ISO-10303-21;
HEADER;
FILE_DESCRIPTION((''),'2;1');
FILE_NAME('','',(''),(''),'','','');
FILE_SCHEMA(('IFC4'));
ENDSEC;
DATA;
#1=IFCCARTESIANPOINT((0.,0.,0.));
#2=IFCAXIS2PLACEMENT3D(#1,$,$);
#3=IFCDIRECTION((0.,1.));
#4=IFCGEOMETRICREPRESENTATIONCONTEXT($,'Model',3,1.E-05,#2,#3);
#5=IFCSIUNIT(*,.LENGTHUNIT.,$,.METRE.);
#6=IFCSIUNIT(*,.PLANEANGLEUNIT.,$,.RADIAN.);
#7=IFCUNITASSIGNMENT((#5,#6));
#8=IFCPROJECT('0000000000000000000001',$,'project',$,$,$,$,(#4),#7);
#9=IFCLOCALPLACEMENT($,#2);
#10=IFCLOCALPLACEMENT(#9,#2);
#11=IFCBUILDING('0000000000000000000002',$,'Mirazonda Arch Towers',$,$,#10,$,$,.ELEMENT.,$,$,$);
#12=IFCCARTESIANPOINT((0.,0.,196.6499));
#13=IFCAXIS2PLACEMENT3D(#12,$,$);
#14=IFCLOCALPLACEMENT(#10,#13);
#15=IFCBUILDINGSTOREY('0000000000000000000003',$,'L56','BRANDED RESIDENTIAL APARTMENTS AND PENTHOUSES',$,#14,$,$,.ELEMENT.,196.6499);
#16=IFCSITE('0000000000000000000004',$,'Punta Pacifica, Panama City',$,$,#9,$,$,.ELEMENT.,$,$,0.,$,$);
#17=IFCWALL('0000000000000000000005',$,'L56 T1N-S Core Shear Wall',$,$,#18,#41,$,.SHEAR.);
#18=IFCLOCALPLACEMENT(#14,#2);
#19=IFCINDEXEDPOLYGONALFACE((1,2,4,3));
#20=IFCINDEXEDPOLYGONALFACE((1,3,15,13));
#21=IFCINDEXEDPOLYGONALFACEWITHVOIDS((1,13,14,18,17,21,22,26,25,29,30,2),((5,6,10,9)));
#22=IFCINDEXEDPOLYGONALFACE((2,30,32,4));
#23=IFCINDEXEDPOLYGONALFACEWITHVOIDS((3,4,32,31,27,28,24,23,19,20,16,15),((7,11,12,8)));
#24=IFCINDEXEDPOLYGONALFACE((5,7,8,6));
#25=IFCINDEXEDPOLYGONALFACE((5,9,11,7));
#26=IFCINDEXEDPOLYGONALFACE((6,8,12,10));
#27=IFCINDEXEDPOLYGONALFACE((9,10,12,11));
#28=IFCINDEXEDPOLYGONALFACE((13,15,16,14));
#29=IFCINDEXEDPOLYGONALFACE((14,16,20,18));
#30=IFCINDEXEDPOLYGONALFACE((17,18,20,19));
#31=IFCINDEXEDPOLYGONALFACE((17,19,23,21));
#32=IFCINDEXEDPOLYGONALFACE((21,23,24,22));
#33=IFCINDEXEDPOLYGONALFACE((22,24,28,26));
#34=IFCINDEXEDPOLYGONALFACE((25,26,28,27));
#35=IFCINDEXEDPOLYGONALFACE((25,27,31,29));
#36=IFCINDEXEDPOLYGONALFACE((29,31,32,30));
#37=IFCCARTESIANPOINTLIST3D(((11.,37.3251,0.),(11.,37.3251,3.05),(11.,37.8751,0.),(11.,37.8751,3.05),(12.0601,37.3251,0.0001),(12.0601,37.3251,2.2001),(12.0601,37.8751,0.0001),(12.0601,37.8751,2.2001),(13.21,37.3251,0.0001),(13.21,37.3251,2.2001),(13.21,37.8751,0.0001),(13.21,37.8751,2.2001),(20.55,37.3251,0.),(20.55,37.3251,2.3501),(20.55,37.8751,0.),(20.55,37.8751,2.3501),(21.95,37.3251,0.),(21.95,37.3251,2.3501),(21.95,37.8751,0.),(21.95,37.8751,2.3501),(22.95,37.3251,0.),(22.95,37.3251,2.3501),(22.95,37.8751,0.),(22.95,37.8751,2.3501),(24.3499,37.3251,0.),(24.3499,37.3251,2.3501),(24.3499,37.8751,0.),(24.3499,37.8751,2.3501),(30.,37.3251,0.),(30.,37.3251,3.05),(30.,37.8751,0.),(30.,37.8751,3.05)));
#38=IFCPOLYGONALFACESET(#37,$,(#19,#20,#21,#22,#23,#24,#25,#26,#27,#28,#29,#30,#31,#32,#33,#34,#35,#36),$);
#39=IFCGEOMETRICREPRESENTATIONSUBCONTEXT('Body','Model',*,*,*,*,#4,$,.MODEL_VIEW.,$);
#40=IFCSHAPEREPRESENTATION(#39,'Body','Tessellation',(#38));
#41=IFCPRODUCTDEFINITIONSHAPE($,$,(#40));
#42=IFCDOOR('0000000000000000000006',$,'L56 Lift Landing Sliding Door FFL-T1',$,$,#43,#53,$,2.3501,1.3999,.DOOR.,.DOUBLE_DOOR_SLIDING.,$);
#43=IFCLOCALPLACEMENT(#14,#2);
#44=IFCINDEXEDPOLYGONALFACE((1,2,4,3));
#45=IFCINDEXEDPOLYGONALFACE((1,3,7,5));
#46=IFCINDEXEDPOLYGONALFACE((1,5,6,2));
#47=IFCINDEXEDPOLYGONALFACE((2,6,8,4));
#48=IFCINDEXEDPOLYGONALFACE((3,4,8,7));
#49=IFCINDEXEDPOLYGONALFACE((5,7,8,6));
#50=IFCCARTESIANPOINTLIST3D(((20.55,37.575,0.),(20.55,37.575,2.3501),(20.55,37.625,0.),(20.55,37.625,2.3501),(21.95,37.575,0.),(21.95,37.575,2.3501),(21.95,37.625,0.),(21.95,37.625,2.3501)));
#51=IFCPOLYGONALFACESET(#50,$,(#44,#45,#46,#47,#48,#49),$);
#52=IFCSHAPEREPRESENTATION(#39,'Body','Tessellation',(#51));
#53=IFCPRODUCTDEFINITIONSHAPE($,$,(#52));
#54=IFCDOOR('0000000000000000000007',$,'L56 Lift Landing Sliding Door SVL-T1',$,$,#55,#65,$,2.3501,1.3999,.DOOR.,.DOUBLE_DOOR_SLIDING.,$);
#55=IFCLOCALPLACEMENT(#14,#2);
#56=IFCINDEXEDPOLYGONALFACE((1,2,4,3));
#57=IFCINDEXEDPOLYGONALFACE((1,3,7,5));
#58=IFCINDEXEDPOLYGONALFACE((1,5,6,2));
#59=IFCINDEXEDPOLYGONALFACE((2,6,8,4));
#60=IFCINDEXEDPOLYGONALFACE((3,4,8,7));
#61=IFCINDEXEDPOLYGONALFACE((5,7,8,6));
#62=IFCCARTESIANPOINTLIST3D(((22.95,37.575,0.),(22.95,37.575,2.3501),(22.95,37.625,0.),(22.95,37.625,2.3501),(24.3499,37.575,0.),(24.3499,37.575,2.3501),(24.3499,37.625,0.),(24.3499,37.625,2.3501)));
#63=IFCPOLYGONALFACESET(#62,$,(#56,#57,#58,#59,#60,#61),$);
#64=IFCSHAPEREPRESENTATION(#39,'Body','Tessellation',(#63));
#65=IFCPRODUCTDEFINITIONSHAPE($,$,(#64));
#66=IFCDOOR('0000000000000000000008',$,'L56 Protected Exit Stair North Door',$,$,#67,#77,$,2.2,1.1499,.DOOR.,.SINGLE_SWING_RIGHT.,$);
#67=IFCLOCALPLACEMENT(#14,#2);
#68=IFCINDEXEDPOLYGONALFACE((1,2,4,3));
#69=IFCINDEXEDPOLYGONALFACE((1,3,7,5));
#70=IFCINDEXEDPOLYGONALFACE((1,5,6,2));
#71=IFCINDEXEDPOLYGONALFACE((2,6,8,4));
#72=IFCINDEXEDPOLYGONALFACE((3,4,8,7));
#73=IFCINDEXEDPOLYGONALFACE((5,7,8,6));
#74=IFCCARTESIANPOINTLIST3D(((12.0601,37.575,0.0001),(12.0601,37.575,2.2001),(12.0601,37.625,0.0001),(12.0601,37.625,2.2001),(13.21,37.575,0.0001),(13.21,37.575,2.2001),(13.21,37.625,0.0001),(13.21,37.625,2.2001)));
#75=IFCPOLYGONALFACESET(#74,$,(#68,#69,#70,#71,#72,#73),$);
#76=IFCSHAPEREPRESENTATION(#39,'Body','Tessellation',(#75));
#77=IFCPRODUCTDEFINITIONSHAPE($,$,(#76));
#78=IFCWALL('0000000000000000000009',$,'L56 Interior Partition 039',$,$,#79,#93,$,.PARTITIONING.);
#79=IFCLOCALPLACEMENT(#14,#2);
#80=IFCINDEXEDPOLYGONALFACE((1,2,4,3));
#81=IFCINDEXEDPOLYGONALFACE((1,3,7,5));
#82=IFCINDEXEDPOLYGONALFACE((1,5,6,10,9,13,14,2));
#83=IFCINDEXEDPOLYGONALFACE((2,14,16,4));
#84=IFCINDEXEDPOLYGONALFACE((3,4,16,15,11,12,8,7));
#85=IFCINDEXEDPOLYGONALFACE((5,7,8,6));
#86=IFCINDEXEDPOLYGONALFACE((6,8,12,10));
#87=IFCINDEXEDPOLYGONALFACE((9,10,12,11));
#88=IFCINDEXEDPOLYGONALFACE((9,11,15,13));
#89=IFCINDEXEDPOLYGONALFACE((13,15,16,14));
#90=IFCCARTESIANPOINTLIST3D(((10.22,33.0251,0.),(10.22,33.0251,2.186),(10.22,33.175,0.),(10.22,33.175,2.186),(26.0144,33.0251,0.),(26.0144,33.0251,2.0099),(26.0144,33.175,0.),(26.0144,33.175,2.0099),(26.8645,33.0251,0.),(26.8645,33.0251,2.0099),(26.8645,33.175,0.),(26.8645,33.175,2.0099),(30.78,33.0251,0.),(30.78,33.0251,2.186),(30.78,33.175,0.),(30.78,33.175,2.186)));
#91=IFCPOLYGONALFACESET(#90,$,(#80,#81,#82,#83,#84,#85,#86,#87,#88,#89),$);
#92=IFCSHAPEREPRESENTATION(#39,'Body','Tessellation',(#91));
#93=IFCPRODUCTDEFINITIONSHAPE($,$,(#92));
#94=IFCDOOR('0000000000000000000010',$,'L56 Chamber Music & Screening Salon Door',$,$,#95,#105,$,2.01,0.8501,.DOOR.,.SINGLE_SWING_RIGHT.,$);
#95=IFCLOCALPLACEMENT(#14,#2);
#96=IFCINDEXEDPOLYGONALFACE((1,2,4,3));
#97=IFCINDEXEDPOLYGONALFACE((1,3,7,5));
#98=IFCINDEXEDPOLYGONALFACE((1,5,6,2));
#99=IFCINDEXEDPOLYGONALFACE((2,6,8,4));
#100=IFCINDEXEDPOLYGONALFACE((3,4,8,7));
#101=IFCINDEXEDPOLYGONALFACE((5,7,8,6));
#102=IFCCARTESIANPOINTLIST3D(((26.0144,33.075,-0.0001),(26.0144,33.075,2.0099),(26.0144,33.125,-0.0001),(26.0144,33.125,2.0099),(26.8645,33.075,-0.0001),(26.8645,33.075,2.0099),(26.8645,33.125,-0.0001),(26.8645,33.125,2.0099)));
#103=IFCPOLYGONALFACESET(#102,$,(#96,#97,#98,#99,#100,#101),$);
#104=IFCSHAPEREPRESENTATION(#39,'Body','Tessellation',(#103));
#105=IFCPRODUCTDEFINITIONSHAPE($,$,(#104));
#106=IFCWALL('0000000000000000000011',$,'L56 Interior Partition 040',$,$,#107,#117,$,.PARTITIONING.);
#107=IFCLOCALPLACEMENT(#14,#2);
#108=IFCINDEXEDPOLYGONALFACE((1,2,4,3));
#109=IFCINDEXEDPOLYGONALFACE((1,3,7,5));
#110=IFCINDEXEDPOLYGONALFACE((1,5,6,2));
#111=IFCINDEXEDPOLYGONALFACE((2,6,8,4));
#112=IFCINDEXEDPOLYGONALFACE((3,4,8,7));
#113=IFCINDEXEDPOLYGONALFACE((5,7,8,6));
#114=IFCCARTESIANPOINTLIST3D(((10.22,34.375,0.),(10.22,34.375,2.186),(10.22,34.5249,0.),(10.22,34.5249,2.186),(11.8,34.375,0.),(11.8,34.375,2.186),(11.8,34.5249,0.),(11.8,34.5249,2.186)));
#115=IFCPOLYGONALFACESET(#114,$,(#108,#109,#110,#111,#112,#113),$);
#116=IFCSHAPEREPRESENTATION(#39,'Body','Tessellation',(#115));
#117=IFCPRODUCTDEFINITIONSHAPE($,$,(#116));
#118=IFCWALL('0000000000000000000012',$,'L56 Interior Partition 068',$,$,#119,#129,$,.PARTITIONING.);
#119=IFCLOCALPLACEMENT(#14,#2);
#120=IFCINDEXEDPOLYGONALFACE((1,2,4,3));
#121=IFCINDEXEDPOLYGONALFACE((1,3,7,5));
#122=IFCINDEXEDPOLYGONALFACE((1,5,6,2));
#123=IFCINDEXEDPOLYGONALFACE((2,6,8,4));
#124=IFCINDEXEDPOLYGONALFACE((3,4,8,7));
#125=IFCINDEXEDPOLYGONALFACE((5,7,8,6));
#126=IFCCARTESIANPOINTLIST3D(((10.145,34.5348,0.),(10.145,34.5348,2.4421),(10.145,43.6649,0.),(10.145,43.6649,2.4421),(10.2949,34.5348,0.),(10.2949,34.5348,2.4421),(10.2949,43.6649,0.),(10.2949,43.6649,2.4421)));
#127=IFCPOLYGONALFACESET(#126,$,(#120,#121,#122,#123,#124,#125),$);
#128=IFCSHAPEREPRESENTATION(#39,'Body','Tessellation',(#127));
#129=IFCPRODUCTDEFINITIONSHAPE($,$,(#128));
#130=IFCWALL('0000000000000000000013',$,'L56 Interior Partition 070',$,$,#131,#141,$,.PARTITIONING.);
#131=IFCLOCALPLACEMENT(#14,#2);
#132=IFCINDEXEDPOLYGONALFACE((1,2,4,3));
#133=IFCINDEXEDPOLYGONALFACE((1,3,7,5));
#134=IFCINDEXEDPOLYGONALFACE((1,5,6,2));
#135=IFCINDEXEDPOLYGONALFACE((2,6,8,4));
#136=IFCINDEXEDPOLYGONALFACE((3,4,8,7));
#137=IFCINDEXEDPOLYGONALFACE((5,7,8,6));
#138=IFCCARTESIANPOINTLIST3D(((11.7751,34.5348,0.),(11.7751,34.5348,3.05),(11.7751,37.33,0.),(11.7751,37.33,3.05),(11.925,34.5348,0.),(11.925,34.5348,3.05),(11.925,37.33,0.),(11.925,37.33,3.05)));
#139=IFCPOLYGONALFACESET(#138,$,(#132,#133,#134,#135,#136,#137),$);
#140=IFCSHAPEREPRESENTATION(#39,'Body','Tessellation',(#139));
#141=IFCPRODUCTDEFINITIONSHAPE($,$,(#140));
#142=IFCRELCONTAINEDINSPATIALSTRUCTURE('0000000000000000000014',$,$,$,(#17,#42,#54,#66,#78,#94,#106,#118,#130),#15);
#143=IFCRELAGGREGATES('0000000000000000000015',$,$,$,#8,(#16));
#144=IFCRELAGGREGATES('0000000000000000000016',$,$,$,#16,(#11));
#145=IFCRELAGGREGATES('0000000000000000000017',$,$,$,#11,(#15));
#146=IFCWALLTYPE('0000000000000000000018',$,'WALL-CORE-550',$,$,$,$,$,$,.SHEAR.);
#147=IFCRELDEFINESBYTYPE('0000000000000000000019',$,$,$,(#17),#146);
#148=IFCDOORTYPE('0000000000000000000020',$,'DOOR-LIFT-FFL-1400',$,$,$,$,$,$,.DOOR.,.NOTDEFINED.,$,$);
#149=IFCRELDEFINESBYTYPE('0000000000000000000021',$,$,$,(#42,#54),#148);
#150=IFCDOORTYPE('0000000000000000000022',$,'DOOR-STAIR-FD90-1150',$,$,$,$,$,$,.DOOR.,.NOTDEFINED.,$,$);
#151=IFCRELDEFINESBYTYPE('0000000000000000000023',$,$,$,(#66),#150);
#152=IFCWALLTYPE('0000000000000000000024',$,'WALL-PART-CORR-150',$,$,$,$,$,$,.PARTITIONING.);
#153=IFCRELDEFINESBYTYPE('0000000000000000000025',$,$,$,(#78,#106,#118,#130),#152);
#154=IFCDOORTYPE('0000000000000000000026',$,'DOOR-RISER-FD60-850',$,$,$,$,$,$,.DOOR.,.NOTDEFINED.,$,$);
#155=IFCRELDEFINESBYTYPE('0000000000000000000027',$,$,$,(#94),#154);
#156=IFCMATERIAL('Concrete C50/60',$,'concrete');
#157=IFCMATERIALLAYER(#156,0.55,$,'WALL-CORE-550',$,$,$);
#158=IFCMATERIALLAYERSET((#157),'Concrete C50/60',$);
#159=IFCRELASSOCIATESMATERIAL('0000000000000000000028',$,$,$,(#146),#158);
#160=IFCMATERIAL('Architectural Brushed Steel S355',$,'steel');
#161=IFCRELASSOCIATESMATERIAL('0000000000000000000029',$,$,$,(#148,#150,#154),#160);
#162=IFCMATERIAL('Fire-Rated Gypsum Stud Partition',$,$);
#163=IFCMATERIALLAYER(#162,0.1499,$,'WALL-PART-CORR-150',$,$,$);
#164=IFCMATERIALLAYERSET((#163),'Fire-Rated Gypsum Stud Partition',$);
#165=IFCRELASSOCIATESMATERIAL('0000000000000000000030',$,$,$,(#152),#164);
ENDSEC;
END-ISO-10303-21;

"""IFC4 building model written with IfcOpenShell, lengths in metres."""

from ifc_helpers import new_model, si_unit, direction, frame, frame_2d, origin, place, context, subcontext, project, spatial, rectangle, extrude, material, layer, layer_set, type_object, element, fill, save


model = new_model("IFC4")

# Units and contexts
model_context = context("Model", 3, precision=1e-05, world=origin(), true_north=direction((0.0, 1.0)))
body_context = subcontext(model_context, "Body", "Model", "MODEL_VIEW")
ifc_project = project(units=[si_unit("LENGTHUNIT", "METRE"), si_unit("PLANEANGLEUNIT", "RADIAN")], contexts=[model_context])

# Site, building, storey
site_placement = place(None, origin())
site = spatial("IfcSite", under=ifc_project, at=site_placement, Name="Punta Pacifica, Panama City", CompositionType="ELEMENT", RefElevation=0.0)
building_placement = place(site_placement, origin())
building = spatial("IfcBuilding", under=site, at=building_placement, Name="Mirazonda Arch Towers", CompositionType="ELEMENT")
storey_placement = place(building_placement, frame((0.0, 0.0, 196.6499)))
storey = spatial("IfcBuildingStorey", under=building, at=storey_placement, Name="L56", Description="BRANDED RESIDENTIAL APARTMENTS AND PENTHOUSES", CompositionType="ELEMENT", Elevation=196.6499)

# Shared definitions
ifc_material_1 = material(Name="Concrete C50/60", Category="concrete")

# Shared definitions
ifc_layer_1 = layer(ifc_material_1, 0.55, Name="WALL-CORE-550")
ifc_layer_set_1 = layer_set([ifc_layer_1], Name="Concrete C50/60")
wall_type_1 = type_object("IfcWallType", Name="WALL-CORE-550", PredefinedType="SHEAR", material=ifc_layer_set_1)

# Wall, openings, doors
wall_1_placement = place(storey_placement, frame((11.0, 37.6001, 0.0), z_axis=(0.0, 0.0, 1.0), x_axis=(1.0, 0.0, 0.0)))
wall_1 = element("IfcWall", 1, at=wall_1_placement, inside=storey, type_object=wall_type_1, Name="L56 T1N-S Core Shear Wall", PredefinedType="SHEAR", context=body_context, shape_type="SweptSolid", body=[
    extrude(rectangle(XDim=19.0, YDim=0.55, at=frame_2d((9.5, 0.0))), origin(), (0.0, 0.0, 1.0), 3.05),
])
opening_1_placement = place(wall_1_placement, frame((1.0601, 0.0, 0.0)))
opening_1 = element("IfcOpeningElement", 2, at=opening_1_placement, cuts=wall_1, PredefinedType="OPENING", context=body_context, shape_type="SweptSolid", body=[
    extrude(rectangle(XDim=1.1499, YDim=2.2, at=frame_2d((0.575, 1.1001))), frame((0.0, 0.2849, 0.0), z_axis=(0.0, -1.0, 0.0), x_axis=(1.0, 0.0, 0.0)), (0.0, 0.0, 1.0), 0.5701),
])
opening_2_placement = place(wall_1_placement, frame((9.55, 0.0, 0.0)))
opening_2 = element("IfcOpeningElement", 3, at=opening_2_placement, cuts=wall_1, PredefinedType="OPENING", context=body_context, shape_type="SweptSolid", body=[
    extrude(rectangle(XDim=1.3999, YDim=2.3501, at=frame_2d((0.7, 1.175))), frame((0.0, 0.2849, 0.0), z_axis=(0.0, -1.0, 0.0), x_axis=(1.0, 0.0, 0.0)), (0.0, 0.0, 1.0), 0.5701),
])
opening_3_placement = place(wall_1_placement, frame((11.95, 0.0, 0.0)))
opening_3 = element("IfcOpeningElement", 4, at=opening_3_placement, cuts=wall_1, PredefinedType="OPENING", context=body_context, shape_type="SweptSolid", body=[
    extrude(rectangle(XDim=1.3999, YDim=2.3501, at=frame_2d((0.7, 1.175))), frame((0.0, 0.2849, 0.0), z_axis=(0.0, -1.0, 0.0), x_axis=(1.0, 0.0, 0.0)), (0.0, 0.0, 1.0), 0.5701),
])
ifc_material_2 = material(Name="Architectural Brushed Steel S355", Category="steel")
door_type_1 = type_object("IfcDoorType", Name="DOOR-LIFT-FFL-1400", OperationType="NOTDEFINED", PredefinedType="DOOR", material=ifc_material_2)
door_1_placement = place(opening_2_placement, origin())
door_1 = element("IfcDoor", 5, at=door_1_placement, inside=storey, type_object=door_type_1, Name="L56 Lift Landing Sliding Door FFL-T1", OperationType="DOUBLE_DOOR_SLIDING", OverallHeight=2.3501, OverallWidth=1.3999, PredefinedType="DOOR", context=body_context, shape_type="SweptSolid", body=[
    extrude(rectangle(XDim=1.3999, YDim=2.3501, at=frame_2d((0.7, 1.175))), frame((0.0, 0.0249, 0.0), z_axis=(0.0, -1.0, 0.0), x_axis=(1.0, 0.0, 0.0)), (0.0, 0.0, 1.0), 0.05),
])
fill(opening_2, door_1)
door_2_placement = place(opening_3_placement, origin())
door_2 = element("IfcDoor", 6, at=door_2_placement, inside=storey, type_object=door_type_1, Name="L56 Lift Landing Sliding Door SVL-T1", OperationType="DOUBLE_DOOR_SLIDING", OverallHeight=2.3501, OverallWidth=1.3999, PredefinedType="DOOR", context=body_context, shape_type="SweptSolid", body=[
    extrude(rectangle(XDim=1.3999, YDim=2.3501, at=frame_2d((0.7, 1.175))), frame((0.0, 0.0249, 0.0), z_axis=(0.0, -1.0, 0.0), x_axis=(1.0, 0.0, 0.0)), (0.0, 0.0, 1.0), 0.05),
])
fill(opening_3, door_2)
door_type_2 = type_object("IfcDoorType", Name="DOOR-STAIR-FD90-1150", OperationType="NOTDEFINED", PredefinedType="DOOR", material=ifc_material_2)
door_3_placement = place(opening_1_placement, origin())
door_3 = element("IfcDoor", 7, at=door_3_placement, inside=storey, type_object=door_type_2, Name="L56 Protected Exit Stair North Door", OperationType="SINGLE_SWING_RIGHT", OverallHeight=2.2, OverallWidth=1.1499, PredefinedType="DOOR", context=body_context, shape_type="SweptSolid", body=[
    extrude(rectangle(XDim=1.1499, YDim=2.2, at=frame_2d((0.575, 1.1001))), frame((0.0, 0.0249, 0.0), z_axis=(0.0, -1.0, 0.0), x_axis=(1.0, 0.0, 0.0)), (0.0, 0.0, 1.0), 0.05),
])
fill(opening_1, door_3)

# Wall, opening, door
ifc_material_3 = material(Name="Fire-Rated Gypsum Stud Partition")
ifc_layer_2 = layer(ifc_material_3, 0.1499, Name="WALL-PART-CORR-150")
ifc_layer_set_2 = layer_set([ifc_layer_2], Name="Fire-Rated Gypsum Stud Partition")
wall_type_2 = type_object("IfcWallType", Name="WALL-PART-CORR-150", PredefinedType="PARTITIONING", material=ifc_layer_set_2)
wall_2_placement = place(storey_placement, frame((10.22, 33.1001, 0.0), z_axis=(0.0, 0.0, 1.0), x_axis=(1.0, 0.0, 0.0)))
wall_2 = element("IfcWall", 8, at=wall_2_placement, inside=storey, type_object=wall_type_2, Name="L56 Interior Partition 039", PredefinedType="PARTITIONING", context=body_context, shape_type="SweptSolid", body=[
    extrude(rectangle(XDim=20.5601, YDim=0.1499, at=frame_2d((10.28, 0.0))), origin(), (0.0, 0.0, 1.0), 2.186),
])
opening_4_placement = place(wall_2_placement, frame((15.7944, 0.0, 0.0)))
opening_4 = element("IfcOpeningElement", 9, at=opening_4_placement, cuts=wall_2, PredefinedType="OPENING", context=body_context, shape_type="SweptSolid", body=[
    extrude(rectangle(XDim=0.8501, YDim=2.01, at=frame_2d((0.425, 1.0049))), frame((0.0, 0.085, 0.0), z_axis=(0.0, -1.0, 0.0), x_axis=(1.0, 0.0, 0.0)), (0.0, 0.0, 1.0), 0.1699),
])
door_type_3 = type_object("IfcDoorType", Name="DOOR-RISER-FD60-850", OperationType="NOTDEFINED", PredefinedType="DOOR", material=ifc_material_2)
door_4_placement = place(opening_4_placement, origin())
door_4 = element("IfcDoor", 10, at=door_4_placement, inside=storey, type_object=door_type_3, Name="L56 Chamber Music & Screening Salon Door", OperationType="SINGLE_SWING_RIGHT", OverallHeight=2.01, OverallWidth=0.8501, PredefinedType="DOOR", context=body_context, shape_type="SweptSolid", body=[
    extrude(rectangle(XDim=0.8501, YDim=2.01, at=frame_2d((0.425, 1.0049))), frame((0.0, 0.0249, 0.0), z_axis=(0.0, -1.0, 0.0), x_axis=(1.0, 0.0, 0.0)), (0.0, 0.0, 1.0), 0.05),
])
fill(opening_4, door_4)

# Walls
wall_3_placement = place(storey_placement, frame((10.22, 34.45, 0.0), z_axis=(0.0, 0.0, 1.0), x_axis=(1.0, 0.0, 0.0)))
element("IfcWall", 11, at=wall_3_placement, inside=storey, type_object=wall_type_2, Name="L56 Interior Partition 040", PredefinedType="PARTITIONING", context=body_context, shape_type="SweptSolid", body=[
    extrude(rectangle(XDim=1.5801, YDim=0.1499, at=frame_2d((0.79, 0.0))), origin(), (0.0, 0.0, 1.0), 2.186),
])
wall_4_placement = place(storey_placement, frame((10.22, 34.5349, 0.0), z_axis=(0.0, 0.0, 1.0), x_axis=(0.0, 1.0, 0.0)))
element("IfcWall", 12, at=wall_4_placement, inside=storey, type_object=wall_type_2, Name="L56 Interior Partition 068", PredefinedType="PARTITIONING", context=body_context, shape_type="SweptSolid", body=[
    extrude(rectangle(XDim=9.1301, YDim=0.1499, at=frame_2d((4.5649, 0.0))), origin(), (0.0, 0.0, 1.0), 2.4421),
])
wall_5_placement = place(storey_placement, frame((11.8501, 34.5349, 0.0), z_axis=(0.0, 0.0, 1.0), x_axis=(0.0, 1.0, 0.0)))
element("IfcWall", 13, at=wall_5_placement, inside=storey, type_object=wall_type_2, Name="L56 Interior Partition 070", PredefinedType="PARTITIONING", context=body_context, shape_type="SweptSolid", body=[
    extrude(rectangle(XDim=2.7952, YDim=0.1499, at=frame_2d((1.3975, 0.0))), origin(), (0.0, 0.0, 1.0), 3.05),
])

save(model, "model.ifc")
